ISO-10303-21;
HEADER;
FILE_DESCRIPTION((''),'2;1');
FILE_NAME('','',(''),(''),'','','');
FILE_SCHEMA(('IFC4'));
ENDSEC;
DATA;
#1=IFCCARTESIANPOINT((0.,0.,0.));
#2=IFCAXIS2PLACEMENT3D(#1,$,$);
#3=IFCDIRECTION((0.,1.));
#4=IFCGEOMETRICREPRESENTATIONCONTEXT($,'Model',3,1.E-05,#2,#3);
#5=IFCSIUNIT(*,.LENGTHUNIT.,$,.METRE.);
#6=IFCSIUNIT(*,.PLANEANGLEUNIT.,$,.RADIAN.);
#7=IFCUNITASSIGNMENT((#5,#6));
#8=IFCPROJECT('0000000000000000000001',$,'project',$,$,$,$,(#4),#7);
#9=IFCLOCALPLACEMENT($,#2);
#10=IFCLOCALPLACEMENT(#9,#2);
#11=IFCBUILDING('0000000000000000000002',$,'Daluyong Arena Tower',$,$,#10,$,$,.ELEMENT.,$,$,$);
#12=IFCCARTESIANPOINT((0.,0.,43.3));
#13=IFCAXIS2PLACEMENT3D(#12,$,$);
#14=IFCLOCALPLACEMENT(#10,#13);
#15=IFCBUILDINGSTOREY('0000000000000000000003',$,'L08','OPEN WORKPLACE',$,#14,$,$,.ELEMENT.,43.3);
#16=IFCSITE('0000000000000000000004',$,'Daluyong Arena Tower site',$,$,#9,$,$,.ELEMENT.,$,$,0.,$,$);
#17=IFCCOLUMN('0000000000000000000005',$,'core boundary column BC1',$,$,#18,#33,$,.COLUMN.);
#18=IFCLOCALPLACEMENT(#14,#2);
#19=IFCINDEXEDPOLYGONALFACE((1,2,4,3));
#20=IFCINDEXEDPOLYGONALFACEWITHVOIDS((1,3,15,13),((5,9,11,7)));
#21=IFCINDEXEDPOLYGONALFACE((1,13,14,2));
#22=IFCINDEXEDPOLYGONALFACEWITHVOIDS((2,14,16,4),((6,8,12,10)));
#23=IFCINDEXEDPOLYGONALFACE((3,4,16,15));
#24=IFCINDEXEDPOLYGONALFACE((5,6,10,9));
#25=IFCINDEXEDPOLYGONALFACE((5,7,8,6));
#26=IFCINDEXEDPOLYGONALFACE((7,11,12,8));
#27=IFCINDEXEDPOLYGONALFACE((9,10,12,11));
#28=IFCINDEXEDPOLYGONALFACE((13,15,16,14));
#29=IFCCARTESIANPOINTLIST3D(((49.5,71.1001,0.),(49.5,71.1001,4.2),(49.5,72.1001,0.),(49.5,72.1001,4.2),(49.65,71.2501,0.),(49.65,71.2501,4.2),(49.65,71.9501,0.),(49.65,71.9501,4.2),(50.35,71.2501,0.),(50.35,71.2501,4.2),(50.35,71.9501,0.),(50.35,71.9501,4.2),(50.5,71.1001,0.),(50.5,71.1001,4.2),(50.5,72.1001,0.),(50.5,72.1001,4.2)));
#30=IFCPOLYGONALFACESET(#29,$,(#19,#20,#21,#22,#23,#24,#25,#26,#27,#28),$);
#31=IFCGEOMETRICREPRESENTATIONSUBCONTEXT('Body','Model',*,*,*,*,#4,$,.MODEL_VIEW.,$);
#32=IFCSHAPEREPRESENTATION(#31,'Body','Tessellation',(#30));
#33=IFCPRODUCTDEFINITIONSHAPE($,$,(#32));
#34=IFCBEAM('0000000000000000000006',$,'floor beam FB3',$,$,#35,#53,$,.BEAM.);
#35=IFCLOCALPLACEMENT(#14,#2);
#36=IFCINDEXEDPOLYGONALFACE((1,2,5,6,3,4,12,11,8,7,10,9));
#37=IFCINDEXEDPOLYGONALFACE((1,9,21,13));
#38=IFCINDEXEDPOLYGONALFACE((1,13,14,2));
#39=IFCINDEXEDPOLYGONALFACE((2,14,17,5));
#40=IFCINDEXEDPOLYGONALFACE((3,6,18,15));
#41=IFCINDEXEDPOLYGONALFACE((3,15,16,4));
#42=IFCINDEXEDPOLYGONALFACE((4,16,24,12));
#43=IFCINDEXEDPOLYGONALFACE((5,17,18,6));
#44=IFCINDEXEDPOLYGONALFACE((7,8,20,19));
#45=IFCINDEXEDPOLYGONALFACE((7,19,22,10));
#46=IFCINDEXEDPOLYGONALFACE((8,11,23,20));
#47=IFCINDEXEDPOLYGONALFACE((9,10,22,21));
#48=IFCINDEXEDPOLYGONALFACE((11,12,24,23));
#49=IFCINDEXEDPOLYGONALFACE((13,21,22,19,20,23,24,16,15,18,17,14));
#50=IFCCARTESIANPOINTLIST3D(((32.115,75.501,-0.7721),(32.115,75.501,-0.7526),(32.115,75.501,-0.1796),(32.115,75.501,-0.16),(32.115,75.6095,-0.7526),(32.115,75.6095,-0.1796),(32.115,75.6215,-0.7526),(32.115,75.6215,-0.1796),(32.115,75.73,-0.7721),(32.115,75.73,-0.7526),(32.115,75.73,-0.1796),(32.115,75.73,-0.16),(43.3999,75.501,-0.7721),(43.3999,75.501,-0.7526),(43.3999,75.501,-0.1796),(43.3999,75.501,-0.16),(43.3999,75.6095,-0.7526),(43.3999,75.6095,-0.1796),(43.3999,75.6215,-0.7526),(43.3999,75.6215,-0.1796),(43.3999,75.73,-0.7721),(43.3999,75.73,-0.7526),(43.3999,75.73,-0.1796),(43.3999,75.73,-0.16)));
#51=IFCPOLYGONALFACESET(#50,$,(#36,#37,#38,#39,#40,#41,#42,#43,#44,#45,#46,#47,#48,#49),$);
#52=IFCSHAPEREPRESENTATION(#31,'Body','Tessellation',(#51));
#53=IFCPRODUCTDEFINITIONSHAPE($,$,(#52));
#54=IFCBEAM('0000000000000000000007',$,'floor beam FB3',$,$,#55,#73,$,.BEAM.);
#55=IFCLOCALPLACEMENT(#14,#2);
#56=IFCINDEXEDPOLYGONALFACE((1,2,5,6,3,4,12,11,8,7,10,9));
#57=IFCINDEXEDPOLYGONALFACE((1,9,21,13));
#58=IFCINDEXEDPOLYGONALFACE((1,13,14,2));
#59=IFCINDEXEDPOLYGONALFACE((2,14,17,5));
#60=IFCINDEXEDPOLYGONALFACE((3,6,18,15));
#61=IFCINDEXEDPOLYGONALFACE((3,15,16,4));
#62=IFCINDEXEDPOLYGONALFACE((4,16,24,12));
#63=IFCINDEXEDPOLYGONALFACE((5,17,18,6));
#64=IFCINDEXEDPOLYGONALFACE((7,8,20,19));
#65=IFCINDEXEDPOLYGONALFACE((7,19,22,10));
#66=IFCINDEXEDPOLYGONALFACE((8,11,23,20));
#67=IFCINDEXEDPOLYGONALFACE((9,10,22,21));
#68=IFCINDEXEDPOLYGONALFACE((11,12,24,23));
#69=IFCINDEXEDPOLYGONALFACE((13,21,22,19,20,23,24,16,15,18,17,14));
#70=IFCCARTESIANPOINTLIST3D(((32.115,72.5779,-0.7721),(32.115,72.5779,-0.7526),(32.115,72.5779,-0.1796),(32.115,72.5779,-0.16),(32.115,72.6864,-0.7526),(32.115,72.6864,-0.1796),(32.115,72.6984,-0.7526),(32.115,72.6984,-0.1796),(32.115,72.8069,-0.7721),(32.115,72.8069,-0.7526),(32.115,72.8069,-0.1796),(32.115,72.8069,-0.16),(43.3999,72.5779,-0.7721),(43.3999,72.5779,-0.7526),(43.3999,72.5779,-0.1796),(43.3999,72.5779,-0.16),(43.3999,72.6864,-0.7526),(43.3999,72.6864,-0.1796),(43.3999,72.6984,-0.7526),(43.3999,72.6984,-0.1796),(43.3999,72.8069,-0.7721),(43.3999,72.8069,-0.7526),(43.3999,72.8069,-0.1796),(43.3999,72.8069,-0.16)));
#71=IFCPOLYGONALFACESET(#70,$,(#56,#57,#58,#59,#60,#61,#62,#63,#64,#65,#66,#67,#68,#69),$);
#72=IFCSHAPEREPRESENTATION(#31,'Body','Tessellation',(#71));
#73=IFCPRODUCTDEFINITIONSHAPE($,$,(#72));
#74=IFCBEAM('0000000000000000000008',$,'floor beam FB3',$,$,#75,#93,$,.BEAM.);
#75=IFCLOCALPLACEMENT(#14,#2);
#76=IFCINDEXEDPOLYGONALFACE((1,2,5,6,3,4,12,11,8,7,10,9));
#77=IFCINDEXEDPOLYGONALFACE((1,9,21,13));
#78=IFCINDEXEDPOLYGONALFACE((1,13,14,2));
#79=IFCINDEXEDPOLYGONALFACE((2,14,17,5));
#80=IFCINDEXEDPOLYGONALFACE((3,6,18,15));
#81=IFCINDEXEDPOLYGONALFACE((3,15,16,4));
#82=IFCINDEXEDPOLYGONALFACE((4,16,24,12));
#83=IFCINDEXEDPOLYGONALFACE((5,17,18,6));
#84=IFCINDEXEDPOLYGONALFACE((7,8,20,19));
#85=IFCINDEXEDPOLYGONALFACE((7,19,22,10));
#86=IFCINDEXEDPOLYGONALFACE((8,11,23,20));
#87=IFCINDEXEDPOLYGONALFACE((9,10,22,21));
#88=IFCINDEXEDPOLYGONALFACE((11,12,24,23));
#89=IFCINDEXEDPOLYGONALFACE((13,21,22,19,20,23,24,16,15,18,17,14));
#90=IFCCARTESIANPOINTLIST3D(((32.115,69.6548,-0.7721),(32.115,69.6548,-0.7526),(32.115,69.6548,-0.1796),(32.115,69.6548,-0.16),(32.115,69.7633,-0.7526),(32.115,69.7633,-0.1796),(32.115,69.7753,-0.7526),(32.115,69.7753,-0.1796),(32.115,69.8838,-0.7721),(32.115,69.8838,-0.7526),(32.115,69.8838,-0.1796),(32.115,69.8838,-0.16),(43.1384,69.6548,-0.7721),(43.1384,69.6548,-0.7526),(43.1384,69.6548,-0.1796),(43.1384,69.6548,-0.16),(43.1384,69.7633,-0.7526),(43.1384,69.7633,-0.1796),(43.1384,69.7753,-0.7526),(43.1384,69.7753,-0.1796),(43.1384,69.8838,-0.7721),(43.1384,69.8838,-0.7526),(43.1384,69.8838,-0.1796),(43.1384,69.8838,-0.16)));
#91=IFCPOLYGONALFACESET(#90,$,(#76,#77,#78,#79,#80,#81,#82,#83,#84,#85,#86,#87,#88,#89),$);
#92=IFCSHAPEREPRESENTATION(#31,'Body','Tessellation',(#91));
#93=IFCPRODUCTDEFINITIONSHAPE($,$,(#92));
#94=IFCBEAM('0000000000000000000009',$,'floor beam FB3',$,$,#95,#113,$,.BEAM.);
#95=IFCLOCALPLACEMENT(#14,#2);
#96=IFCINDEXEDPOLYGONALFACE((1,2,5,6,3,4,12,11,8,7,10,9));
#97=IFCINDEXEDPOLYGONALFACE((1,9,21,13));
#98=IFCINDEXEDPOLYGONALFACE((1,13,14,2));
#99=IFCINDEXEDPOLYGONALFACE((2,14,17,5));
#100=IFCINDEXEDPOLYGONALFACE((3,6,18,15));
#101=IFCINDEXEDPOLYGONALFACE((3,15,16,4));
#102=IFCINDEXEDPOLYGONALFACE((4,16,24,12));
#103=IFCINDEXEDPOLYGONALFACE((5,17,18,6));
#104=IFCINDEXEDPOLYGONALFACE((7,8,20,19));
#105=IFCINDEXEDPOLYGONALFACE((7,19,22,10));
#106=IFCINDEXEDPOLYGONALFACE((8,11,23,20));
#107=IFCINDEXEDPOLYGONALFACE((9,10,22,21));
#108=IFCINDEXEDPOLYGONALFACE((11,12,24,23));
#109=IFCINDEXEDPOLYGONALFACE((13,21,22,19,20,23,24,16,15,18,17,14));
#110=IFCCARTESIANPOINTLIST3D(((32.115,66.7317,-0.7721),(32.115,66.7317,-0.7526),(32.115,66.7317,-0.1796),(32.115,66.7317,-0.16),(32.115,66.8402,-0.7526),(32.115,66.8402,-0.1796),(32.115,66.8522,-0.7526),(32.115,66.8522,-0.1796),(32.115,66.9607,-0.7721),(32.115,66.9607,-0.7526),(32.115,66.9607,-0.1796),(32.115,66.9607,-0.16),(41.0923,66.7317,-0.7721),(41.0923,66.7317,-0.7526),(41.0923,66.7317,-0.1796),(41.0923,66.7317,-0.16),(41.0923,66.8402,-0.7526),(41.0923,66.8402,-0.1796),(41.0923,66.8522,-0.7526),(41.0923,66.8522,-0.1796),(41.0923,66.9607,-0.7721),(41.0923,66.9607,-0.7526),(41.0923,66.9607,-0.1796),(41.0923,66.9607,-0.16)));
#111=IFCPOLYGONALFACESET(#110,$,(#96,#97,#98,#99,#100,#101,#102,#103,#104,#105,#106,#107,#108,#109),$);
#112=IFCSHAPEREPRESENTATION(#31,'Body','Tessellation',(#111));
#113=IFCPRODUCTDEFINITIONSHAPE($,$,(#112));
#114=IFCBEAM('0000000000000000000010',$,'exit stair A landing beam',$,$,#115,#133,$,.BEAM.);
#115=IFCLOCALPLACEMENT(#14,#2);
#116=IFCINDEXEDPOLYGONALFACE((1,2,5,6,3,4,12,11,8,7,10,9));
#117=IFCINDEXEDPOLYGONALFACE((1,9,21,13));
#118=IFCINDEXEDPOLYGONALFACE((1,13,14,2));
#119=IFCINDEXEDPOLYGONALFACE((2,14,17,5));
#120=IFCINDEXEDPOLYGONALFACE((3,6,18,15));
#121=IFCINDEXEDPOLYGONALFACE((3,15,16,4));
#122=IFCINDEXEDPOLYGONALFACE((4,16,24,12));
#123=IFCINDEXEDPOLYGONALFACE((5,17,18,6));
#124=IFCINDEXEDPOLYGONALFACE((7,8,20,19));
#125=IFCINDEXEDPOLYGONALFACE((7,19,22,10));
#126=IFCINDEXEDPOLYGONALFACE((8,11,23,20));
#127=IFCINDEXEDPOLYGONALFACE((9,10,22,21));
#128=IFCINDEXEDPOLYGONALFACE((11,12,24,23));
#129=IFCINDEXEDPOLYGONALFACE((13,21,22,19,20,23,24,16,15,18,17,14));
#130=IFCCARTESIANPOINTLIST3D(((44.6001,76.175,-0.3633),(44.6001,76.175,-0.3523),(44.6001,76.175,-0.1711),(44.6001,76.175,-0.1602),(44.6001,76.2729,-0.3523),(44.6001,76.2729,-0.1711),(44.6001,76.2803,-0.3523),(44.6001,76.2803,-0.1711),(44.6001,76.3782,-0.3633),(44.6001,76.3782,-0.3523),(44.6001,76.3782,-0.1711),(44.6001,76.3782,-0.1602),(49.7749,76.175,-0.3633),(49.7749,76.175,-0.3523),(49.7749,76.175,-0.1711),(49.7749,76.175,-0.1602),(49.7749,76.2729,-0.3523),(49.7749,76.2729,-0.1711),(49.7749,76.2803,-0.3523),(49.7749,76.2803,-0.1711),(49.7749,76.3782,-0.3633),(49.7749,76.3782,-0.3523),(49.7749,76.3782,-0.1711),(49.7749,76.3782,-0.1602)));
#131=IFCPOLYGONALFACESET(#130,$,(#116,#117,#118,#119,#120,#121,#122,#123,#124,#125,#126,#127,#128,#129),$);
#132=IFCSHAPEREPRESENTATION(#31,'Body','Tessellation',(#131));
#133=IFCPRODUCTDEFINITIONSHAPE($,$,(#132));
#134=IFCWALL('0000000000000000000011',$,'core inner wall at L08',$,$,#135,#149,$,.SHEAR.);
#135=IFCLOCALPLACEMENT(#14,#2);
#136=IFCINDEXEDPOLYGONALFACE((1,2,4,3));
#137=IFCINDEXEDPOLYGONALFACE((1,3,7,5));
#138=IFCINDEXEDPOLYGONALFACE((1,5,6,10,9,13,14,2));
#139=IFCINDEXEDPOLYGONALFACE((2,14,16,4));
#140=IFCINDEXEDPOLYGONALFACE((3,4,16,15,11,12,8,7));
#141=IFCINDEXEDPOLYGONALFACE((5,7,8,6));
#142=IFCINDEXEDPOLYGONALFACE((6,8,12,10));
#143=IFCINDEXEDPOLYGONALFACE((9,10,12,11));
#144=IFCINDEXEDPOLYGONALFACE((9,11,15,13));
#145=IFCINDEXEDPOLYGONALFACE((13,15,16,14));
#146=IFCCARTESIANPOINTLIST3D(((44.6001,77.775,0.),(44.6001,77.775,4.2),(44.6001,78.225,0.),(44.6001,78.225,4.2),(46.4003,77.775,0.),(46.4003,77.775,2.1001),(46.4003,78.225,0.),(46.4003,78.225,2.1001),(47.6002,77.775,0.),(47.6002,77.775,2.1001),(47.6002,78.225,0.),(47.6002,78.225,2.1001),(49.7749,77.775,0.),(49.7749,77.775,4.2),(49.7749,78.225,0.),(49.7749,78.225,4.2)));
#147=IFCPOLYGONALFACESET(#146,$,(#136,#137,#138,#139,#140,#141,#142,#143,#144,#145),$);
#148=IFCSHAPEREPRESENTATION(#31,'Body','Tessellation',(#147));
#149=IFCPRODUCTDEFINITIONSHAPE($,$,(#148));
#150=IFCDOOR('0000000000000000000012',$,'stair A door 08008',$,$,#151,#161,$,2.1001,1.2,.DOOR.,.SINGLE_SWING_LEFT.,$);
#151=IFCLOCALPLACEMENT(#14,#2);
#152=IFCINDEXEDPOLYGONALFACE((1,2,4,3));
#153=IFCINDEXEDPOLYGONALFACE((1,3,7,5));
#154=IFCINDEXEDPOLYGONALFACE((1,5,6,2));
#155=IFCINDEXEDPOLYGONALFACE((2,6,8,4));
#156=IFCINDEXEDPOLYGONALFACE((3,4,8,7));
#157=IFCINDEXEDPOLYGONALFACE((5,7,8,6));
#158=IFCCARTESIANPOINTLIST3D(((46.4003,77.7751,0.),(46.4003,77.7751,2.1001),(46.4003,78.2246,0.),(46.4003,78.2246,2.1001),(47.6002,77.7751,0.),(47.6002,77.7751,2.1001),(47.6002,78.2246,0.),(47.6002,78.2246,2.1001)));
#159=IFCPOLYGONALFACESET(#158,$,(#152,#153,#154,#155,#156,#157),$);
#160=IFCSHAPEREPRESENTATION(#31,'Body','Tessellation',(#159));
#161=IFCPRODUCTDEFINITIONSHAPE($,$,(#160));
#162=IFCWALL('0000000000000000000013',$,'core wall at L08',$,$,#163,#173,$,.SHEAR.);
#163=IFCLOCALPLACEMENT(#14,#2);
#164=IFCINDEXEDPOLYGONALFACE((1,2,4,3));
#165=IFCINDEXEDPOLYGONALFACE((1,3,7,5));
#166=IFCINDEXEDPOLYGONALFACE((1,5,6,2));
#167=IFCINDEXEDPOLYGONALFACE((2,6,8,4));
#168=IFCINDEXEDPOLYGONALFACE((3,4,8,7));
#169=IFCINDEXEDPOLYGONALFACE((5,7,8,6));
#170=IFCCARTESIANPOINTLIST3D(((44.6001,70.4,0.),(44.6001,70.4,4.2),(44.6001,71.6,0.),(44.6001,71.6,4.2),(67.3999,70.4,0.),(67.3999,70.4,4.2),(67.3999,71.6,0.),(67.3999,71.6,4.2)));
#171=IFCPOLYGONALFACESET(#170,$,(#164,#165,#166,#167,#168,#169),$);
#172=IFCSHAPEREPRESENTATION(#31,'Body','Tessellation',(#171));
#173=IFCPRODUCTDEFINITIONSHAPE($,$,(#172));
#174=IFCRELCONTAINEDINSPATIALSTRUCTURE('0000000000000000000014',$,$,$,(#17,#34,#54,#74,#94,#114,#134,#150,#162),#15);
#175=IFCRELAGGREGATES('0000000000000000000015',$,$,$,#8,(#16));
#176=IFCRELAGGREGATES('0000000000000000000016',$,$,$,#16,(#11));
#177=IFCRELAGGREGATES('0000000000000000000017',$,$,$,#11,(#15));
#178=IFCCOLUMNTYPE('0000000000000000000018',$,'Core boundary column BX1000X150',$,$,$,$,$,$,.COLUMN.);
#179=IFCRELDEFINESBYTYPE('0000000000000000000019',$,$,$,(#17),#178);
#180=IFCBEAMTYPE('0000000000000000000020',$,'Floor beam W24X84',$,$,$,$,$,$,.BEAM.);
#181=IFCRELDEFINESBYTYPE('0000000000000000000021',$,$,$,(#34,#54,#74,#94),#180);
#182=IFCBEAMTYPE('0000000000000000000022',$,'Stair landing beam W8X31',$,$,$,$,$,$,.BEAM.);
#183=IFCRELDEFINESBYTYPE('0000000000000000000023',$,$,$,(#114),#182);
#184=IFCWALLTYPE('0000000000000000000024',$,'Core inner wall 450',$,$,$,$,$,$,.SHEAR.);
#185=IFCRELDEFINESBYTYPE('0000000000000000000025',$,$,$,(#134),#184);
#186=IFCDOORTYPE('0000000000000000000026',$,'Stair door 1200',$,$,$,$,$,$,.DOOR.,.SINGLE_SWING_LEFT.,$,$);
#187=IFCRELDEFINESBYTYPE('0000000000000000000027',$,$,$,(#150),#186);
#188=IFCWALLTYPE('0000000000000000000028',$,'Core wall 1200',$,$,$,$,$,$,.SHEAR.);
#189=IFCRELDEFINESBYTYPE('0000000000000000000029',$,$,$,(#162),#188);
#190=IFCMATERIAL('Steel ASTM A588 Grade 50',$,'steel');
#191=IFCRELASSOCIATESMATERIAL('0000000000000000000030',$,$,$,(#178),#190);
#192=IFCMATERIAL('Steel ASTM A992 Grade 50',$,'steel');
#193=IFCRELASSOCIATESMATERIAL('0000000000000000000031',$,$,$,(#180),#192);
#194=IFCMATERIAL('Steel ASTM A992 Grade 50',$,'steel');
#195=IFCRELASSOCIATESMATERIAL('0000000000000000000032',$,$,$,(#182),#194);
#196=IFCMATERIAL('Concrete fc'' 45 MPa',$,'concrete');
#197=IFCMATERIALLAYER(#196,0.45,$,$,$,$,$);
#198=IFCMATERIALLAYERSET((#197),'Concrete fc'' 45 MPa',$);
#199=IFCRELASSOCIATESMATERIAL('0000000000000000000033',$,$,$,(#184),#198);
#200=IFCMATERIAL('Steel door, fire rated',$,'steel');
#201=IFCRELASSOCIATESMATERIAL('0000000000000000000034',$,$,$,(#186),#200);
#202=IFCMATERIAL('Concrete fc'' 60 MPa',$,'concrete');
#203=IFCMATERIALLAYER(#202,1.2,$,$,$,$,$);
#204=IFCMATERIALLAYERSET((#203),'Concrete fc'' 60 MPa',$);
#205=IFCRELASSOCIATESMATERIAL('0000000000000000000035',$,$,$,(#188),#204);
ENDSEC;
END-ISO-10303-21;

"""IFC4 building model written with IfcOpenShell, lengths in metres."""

from ifc_helpers import new_model, si_unit, direction, frame, frame_2d, origin, origin_2d, place, context, subcontext, project, spatial, rectangle, hollow_rectangle, i_section, extrude, material, layer, layer_set, material_profile, profile_set, type_object, element, fill, save


model = new_model("IFC4")

# Units and contexts
model_context = context("Model", 3, precision=1e-05, world=origin(), true_north=direction((0.0, 1.0)))
body_context = subcontext(model_context, "Body", "Model", "MODEL_VIEW")
ifc_project = project(units=[si_unit("LENGTHUNIT", "METRE"), si_unit("PLANEANGLEUNIT", "RADIAN")], contexts=[model_context])

# Site, building, storey
site_placement = place(None, origin())
site = spatial("IfcSite", under=ifc_project, at=site_placement, Name="Daluyong Arena Tower site", CompositionType="ELEMENT", RefElevation=0.0)
building_placement = place(site_placement, origin())
building = spatial("IfcBuilding", under=site, at=building_placement, Name="Daluyong Arena Tower", CompositionType="ELEMENT")
storey_placement = place(building_placement, frame((0.0, 0.0, 43.3)))
storey = spatial("IfcBuildingStorey", under=building, at=storey_placement, Name="L08", Description="OPEN WORKPLACE", CompositionType="ELEMENT", Elevation=43.3)

# Column
ifc_material_1 = material(Name="Steel ASTM A588 Grade 50", Category="steel")
ifc_material_profile_1 = material_profile(ifc_material_1, hollow_rectangle(XDim=1.0, YDim=1.0, WallThickness=0.15, at=origin_2d()))
ifc_profile_set_1 = profile_set([ifc_material_profile_1], Name="Steel ASTM A588 Grade 50")
column_type = type_object("IfcColumnType", Name="Core boundary column BX1000X150", PredefinedType="COLUMN", material=ifc_profile_set_1)
column_placement = place(storey_placement, frame((50.0, 71.6001, 0.0), z_axis=(0.0, 0.0, 1.0), x_axis=(1.0, 0.0, 0.0)))
element("IfcColumn", 1, at=column_placement, inside=storey, type_object=column_type, Name="core boundary column BC1", PredefinedType="COLUMN", context=body_context, shape_type="SweptSolid", body=[
    extrude(hollow_rectangle(XDim=1.0, YDim=1.0, WallThickness=0.15, at=origin_2d()), origin(), (0.0, 0.0, 1.0), 4.2),
])

# Beams
ifc_material_2 = material(Name="Steel ASTM A992 Grade 50", Category="steel")
ifc_material_profile_2 = material_profile(ifc_material_2, i_section(OverallWidth=0.229, OverallDepth=0.6121, WebThickness=0.012, FlangeThickness=0.0195, at=origin_2d()))
ifc_profile_set_2 = profile_set([ifc_material_profile_2], Name="Steel ASTM A992 Grade 50")
beam_type_1 = type_object("IfcBeamType", Name="Floor beam W24X84", PredefinedType="BEAM", material=ifc_profile_set_2)
for number, where, z_axis, x_axis, name in (
    (2, (32.115, 75.6155, -0.4661), (1.0, 0.0, 0.0), (0.0, 1.0, 0.0), "floor beam FB3"),
    (3, (32.115, 72.6924, -0.4661), (1.0, 0.0, 0.0), (0.0, 1.0, 0.0), "floor beam FB3"),
):
    element("IfcBeam", number, at=place(storey_placement, frame(where, z_axis=z_axis, x_axis=x_axis)), inside=storey, type_object=beam_type_1, Name=name, PredefinedType="BEAM", context=body_context, shape_type="SweptSolid", body=[
        extrude(i_section(OverallWidth=0.229, OverallDepth=0.6121, WebThickness=0.012, FlangeThickness=0.0195, at=origin_2d()), origin(), (0.0, 0.0, 1.0), 11.2849),
    ])
beam_1_placement = place(storey_placement, frame((32.115, 69.7693, -0.4661), z_axis=(1.0, 0.0, 0.0), x_axis=(0.0, 1.0, 0.0)))
element("IfcBeam", 4, at=beam_1_placement, inside=storey, type_object=beam_type_1, Name="floor beam FB3", PredefinedType="BEAM", context=body_context, shape_type="SweptSolid", body=[
    extrude(i_section(OverallWidth=0.229, OverallDepth=0.6121, WebThickness=0.012, FlangeThickness=0.0195, at=origin_2d()), origin(), (0.0, 0.0, 1.0), 11.0234),
])
beam_2_placement = place(storey_placement, frame((32.115, 66.8462, -0.4661), z_axis=(1.0, 0.0, 0.0), x_axis=(0.0, 1.0, 0.0)))
element("IfcBeam", 5, at=beam_2_placement, inside=storey, type_object=beam_type_1, Name="floor beam FB3", PredefinedType="BEAM", context=body_context, shape_type="SweptSolid", body=[
    extrude(i_section(OverallWidth=0.229, OverallDepth=0.6121, WebThickness=0.012, FlangeThickness=0.0195, at=origin_2d()), origin(), (0.0, 0.0, 1.0), 8.9773),
])
ifc_material_3 = material(Name="Steel ASTM A992 Grade 50", Category="steel")
ifc_material_profile_3 = material_profile(ifc_material_3, i_section(OverallWidth=0.2031, OverallDepth=0.2031, WebThickness=0.0073, FlangeThickness=0.011, at=origin_2d()))
ifc_profile_set_3 = profile_set([ifc_material_profile_3], Name="Steel ASTM A992 Grade 50")
beam_type_2 = type_object("IfcBeamType", Name="Stair landing beam W8X31", PredefinedType="BEAM", material=ifc_profile_set_3)
beam_3_placement = place(storey_placement, frame((44.6001, 76.2766, -0.2617), z_axis=(1.0, 0.0, 0.0), x_axis=(0.0, 1.0, 0.0)))
element("IfcBeam", 6, at=beam_3_placement, inside=storey, type_object=beam_type_2, Name="exit stair A landing beam", PredefinedType="BEAM", context=body_context, shape_type="SweptSolid", body=[
    extrude(i_section(OverallWidth=0.2031, OverallDepth=0.2031, WebThickness=0.0073, FlangeThickness=0.011, at=origin_2d()), origin(), (0.0, 0.0, 1.0), 5.1748),
])

# Wall, opening, door
ifc_material_4 = material(Name="Concrete fc' 45 MPa", Category="concrete")
ifc_layer_1 = layer(ifc_material_4, 0.45)
ifc_layer_set_1 = layer_set([ifc_layer_1], Name="Concrete fc' 45 MPa")
wall_type_1 = type_object("IfcWallType", Name="Core inner wall 450", PredefinedType="SHEAR", material=ifc_layer_set_1)
wall_1_placement = place(storey_placement, frame((44.6001, 78.0, 0.0), z_axis=(0.0, 0.0, 1.0), x_axis=(1.0, 0.0, 0.0)))
wall_1 = element("IfcWall", 7, at=wall_1_placement, inside=storey, type_object=wall_type_1, Name="core inner wall at L08", PredefinedType="SHEAR", context=body_context, shape_type="SweptSolid", body=[
    extrude(rectangle(XDim=5.1748, YDim=0.45, at=frame_2d((2.5874, 0.0))), origin(), (0.0, 0.0, 1.0), 4.2),
])
opening_1_placement = place(wall_1_placement, frame((1.8, 0.0, 0.0)))
opening_1 = element("IfcOpeningElement", 8, at=opening_1_placement, cuts=wall_1, PredefinedType="OPENING", context=body_context, shape_type="SweptSolid", body=[
    extrude(rectangle(XDim=1.2, YDim=2.1001, at=frame_2d((0.6001, 1.05))), frame((0.0, 0.2349, 0.0), z_axis=(0.0, -1.0, 0.0), x_axis=(1.0, 0.0, 0.0)), (0.0, 0.0, 1.0), 0.47),
])
ifc_material_5 = material(Name="Steel door, fire rated", Category="steel")
door_type_1 = type_object("IfcDoorType", Name="Stair door 1200", OperationType="SINGLE_SWING_LEFT", PredefinedType="DOOR", material=ifc_material_5)
door_1_placement = place(opening_1_placement, origin())
door_1 = element("IfcDoor", 9, at=door_1_placement, inside=storey, type_object=door_type_1, Name="stair A door 08008", OperationType="SINGLE_SWING_LEFT", OverallHeight=2.1001, OverallWidth=1.2, PredefinedType="DOOR", context=body_context, shape_type="SweptSolid", body=[
    extrude(rectangle(XDim=1.2, YDim=2.1001, at=frame_2d((0.6001, 1.05))), frame((0.0, 0.2246, 0.0), z_axis=(0.0, -1.0, 0.0), x_axis=(1.0, 0.0, 0.0)), (0.0, 0.0, 1.0), 0.4495),
])
fill(opening_1, door_1)
ifc_material_6 = material(Name="Concrete fc' 60 MPa", Category="concrete")
ifc_layer_2 = layer(ifc_material_6, 1.2)
ifc_layer_set_2 = layer_set([ifc_layer_2], Name="Concrete fc' 60 MPa")
wall_type_2 = type_object("IfcWallType", Name="Core wall 1200", PredefinedType="SHEAR", material=ifc_layer_set_2)

# Wall
wall_2_placement = place(storey_placement, frame((44.6001, 71.0, 0.0), z_axis=(0.0, 0.0, 1.0), x_axis=(1.0, 0.0, 0.0)))
element("IfcWall", 10, at=wall_2_placement, inside=storey, type_object=wall_type_2, Name="core wall at L08", PredefinedType="SHEAR", context=body_context, shape_type="SweptSolid", body=[
    extrude(rectangle(XDim=22.7998, YDim=1.2, at=frame_2d((11.3999, 0.0))), origin(), (0.0, 0.0, 1.0), 4.2),
])

save(model, "model.ifc")
